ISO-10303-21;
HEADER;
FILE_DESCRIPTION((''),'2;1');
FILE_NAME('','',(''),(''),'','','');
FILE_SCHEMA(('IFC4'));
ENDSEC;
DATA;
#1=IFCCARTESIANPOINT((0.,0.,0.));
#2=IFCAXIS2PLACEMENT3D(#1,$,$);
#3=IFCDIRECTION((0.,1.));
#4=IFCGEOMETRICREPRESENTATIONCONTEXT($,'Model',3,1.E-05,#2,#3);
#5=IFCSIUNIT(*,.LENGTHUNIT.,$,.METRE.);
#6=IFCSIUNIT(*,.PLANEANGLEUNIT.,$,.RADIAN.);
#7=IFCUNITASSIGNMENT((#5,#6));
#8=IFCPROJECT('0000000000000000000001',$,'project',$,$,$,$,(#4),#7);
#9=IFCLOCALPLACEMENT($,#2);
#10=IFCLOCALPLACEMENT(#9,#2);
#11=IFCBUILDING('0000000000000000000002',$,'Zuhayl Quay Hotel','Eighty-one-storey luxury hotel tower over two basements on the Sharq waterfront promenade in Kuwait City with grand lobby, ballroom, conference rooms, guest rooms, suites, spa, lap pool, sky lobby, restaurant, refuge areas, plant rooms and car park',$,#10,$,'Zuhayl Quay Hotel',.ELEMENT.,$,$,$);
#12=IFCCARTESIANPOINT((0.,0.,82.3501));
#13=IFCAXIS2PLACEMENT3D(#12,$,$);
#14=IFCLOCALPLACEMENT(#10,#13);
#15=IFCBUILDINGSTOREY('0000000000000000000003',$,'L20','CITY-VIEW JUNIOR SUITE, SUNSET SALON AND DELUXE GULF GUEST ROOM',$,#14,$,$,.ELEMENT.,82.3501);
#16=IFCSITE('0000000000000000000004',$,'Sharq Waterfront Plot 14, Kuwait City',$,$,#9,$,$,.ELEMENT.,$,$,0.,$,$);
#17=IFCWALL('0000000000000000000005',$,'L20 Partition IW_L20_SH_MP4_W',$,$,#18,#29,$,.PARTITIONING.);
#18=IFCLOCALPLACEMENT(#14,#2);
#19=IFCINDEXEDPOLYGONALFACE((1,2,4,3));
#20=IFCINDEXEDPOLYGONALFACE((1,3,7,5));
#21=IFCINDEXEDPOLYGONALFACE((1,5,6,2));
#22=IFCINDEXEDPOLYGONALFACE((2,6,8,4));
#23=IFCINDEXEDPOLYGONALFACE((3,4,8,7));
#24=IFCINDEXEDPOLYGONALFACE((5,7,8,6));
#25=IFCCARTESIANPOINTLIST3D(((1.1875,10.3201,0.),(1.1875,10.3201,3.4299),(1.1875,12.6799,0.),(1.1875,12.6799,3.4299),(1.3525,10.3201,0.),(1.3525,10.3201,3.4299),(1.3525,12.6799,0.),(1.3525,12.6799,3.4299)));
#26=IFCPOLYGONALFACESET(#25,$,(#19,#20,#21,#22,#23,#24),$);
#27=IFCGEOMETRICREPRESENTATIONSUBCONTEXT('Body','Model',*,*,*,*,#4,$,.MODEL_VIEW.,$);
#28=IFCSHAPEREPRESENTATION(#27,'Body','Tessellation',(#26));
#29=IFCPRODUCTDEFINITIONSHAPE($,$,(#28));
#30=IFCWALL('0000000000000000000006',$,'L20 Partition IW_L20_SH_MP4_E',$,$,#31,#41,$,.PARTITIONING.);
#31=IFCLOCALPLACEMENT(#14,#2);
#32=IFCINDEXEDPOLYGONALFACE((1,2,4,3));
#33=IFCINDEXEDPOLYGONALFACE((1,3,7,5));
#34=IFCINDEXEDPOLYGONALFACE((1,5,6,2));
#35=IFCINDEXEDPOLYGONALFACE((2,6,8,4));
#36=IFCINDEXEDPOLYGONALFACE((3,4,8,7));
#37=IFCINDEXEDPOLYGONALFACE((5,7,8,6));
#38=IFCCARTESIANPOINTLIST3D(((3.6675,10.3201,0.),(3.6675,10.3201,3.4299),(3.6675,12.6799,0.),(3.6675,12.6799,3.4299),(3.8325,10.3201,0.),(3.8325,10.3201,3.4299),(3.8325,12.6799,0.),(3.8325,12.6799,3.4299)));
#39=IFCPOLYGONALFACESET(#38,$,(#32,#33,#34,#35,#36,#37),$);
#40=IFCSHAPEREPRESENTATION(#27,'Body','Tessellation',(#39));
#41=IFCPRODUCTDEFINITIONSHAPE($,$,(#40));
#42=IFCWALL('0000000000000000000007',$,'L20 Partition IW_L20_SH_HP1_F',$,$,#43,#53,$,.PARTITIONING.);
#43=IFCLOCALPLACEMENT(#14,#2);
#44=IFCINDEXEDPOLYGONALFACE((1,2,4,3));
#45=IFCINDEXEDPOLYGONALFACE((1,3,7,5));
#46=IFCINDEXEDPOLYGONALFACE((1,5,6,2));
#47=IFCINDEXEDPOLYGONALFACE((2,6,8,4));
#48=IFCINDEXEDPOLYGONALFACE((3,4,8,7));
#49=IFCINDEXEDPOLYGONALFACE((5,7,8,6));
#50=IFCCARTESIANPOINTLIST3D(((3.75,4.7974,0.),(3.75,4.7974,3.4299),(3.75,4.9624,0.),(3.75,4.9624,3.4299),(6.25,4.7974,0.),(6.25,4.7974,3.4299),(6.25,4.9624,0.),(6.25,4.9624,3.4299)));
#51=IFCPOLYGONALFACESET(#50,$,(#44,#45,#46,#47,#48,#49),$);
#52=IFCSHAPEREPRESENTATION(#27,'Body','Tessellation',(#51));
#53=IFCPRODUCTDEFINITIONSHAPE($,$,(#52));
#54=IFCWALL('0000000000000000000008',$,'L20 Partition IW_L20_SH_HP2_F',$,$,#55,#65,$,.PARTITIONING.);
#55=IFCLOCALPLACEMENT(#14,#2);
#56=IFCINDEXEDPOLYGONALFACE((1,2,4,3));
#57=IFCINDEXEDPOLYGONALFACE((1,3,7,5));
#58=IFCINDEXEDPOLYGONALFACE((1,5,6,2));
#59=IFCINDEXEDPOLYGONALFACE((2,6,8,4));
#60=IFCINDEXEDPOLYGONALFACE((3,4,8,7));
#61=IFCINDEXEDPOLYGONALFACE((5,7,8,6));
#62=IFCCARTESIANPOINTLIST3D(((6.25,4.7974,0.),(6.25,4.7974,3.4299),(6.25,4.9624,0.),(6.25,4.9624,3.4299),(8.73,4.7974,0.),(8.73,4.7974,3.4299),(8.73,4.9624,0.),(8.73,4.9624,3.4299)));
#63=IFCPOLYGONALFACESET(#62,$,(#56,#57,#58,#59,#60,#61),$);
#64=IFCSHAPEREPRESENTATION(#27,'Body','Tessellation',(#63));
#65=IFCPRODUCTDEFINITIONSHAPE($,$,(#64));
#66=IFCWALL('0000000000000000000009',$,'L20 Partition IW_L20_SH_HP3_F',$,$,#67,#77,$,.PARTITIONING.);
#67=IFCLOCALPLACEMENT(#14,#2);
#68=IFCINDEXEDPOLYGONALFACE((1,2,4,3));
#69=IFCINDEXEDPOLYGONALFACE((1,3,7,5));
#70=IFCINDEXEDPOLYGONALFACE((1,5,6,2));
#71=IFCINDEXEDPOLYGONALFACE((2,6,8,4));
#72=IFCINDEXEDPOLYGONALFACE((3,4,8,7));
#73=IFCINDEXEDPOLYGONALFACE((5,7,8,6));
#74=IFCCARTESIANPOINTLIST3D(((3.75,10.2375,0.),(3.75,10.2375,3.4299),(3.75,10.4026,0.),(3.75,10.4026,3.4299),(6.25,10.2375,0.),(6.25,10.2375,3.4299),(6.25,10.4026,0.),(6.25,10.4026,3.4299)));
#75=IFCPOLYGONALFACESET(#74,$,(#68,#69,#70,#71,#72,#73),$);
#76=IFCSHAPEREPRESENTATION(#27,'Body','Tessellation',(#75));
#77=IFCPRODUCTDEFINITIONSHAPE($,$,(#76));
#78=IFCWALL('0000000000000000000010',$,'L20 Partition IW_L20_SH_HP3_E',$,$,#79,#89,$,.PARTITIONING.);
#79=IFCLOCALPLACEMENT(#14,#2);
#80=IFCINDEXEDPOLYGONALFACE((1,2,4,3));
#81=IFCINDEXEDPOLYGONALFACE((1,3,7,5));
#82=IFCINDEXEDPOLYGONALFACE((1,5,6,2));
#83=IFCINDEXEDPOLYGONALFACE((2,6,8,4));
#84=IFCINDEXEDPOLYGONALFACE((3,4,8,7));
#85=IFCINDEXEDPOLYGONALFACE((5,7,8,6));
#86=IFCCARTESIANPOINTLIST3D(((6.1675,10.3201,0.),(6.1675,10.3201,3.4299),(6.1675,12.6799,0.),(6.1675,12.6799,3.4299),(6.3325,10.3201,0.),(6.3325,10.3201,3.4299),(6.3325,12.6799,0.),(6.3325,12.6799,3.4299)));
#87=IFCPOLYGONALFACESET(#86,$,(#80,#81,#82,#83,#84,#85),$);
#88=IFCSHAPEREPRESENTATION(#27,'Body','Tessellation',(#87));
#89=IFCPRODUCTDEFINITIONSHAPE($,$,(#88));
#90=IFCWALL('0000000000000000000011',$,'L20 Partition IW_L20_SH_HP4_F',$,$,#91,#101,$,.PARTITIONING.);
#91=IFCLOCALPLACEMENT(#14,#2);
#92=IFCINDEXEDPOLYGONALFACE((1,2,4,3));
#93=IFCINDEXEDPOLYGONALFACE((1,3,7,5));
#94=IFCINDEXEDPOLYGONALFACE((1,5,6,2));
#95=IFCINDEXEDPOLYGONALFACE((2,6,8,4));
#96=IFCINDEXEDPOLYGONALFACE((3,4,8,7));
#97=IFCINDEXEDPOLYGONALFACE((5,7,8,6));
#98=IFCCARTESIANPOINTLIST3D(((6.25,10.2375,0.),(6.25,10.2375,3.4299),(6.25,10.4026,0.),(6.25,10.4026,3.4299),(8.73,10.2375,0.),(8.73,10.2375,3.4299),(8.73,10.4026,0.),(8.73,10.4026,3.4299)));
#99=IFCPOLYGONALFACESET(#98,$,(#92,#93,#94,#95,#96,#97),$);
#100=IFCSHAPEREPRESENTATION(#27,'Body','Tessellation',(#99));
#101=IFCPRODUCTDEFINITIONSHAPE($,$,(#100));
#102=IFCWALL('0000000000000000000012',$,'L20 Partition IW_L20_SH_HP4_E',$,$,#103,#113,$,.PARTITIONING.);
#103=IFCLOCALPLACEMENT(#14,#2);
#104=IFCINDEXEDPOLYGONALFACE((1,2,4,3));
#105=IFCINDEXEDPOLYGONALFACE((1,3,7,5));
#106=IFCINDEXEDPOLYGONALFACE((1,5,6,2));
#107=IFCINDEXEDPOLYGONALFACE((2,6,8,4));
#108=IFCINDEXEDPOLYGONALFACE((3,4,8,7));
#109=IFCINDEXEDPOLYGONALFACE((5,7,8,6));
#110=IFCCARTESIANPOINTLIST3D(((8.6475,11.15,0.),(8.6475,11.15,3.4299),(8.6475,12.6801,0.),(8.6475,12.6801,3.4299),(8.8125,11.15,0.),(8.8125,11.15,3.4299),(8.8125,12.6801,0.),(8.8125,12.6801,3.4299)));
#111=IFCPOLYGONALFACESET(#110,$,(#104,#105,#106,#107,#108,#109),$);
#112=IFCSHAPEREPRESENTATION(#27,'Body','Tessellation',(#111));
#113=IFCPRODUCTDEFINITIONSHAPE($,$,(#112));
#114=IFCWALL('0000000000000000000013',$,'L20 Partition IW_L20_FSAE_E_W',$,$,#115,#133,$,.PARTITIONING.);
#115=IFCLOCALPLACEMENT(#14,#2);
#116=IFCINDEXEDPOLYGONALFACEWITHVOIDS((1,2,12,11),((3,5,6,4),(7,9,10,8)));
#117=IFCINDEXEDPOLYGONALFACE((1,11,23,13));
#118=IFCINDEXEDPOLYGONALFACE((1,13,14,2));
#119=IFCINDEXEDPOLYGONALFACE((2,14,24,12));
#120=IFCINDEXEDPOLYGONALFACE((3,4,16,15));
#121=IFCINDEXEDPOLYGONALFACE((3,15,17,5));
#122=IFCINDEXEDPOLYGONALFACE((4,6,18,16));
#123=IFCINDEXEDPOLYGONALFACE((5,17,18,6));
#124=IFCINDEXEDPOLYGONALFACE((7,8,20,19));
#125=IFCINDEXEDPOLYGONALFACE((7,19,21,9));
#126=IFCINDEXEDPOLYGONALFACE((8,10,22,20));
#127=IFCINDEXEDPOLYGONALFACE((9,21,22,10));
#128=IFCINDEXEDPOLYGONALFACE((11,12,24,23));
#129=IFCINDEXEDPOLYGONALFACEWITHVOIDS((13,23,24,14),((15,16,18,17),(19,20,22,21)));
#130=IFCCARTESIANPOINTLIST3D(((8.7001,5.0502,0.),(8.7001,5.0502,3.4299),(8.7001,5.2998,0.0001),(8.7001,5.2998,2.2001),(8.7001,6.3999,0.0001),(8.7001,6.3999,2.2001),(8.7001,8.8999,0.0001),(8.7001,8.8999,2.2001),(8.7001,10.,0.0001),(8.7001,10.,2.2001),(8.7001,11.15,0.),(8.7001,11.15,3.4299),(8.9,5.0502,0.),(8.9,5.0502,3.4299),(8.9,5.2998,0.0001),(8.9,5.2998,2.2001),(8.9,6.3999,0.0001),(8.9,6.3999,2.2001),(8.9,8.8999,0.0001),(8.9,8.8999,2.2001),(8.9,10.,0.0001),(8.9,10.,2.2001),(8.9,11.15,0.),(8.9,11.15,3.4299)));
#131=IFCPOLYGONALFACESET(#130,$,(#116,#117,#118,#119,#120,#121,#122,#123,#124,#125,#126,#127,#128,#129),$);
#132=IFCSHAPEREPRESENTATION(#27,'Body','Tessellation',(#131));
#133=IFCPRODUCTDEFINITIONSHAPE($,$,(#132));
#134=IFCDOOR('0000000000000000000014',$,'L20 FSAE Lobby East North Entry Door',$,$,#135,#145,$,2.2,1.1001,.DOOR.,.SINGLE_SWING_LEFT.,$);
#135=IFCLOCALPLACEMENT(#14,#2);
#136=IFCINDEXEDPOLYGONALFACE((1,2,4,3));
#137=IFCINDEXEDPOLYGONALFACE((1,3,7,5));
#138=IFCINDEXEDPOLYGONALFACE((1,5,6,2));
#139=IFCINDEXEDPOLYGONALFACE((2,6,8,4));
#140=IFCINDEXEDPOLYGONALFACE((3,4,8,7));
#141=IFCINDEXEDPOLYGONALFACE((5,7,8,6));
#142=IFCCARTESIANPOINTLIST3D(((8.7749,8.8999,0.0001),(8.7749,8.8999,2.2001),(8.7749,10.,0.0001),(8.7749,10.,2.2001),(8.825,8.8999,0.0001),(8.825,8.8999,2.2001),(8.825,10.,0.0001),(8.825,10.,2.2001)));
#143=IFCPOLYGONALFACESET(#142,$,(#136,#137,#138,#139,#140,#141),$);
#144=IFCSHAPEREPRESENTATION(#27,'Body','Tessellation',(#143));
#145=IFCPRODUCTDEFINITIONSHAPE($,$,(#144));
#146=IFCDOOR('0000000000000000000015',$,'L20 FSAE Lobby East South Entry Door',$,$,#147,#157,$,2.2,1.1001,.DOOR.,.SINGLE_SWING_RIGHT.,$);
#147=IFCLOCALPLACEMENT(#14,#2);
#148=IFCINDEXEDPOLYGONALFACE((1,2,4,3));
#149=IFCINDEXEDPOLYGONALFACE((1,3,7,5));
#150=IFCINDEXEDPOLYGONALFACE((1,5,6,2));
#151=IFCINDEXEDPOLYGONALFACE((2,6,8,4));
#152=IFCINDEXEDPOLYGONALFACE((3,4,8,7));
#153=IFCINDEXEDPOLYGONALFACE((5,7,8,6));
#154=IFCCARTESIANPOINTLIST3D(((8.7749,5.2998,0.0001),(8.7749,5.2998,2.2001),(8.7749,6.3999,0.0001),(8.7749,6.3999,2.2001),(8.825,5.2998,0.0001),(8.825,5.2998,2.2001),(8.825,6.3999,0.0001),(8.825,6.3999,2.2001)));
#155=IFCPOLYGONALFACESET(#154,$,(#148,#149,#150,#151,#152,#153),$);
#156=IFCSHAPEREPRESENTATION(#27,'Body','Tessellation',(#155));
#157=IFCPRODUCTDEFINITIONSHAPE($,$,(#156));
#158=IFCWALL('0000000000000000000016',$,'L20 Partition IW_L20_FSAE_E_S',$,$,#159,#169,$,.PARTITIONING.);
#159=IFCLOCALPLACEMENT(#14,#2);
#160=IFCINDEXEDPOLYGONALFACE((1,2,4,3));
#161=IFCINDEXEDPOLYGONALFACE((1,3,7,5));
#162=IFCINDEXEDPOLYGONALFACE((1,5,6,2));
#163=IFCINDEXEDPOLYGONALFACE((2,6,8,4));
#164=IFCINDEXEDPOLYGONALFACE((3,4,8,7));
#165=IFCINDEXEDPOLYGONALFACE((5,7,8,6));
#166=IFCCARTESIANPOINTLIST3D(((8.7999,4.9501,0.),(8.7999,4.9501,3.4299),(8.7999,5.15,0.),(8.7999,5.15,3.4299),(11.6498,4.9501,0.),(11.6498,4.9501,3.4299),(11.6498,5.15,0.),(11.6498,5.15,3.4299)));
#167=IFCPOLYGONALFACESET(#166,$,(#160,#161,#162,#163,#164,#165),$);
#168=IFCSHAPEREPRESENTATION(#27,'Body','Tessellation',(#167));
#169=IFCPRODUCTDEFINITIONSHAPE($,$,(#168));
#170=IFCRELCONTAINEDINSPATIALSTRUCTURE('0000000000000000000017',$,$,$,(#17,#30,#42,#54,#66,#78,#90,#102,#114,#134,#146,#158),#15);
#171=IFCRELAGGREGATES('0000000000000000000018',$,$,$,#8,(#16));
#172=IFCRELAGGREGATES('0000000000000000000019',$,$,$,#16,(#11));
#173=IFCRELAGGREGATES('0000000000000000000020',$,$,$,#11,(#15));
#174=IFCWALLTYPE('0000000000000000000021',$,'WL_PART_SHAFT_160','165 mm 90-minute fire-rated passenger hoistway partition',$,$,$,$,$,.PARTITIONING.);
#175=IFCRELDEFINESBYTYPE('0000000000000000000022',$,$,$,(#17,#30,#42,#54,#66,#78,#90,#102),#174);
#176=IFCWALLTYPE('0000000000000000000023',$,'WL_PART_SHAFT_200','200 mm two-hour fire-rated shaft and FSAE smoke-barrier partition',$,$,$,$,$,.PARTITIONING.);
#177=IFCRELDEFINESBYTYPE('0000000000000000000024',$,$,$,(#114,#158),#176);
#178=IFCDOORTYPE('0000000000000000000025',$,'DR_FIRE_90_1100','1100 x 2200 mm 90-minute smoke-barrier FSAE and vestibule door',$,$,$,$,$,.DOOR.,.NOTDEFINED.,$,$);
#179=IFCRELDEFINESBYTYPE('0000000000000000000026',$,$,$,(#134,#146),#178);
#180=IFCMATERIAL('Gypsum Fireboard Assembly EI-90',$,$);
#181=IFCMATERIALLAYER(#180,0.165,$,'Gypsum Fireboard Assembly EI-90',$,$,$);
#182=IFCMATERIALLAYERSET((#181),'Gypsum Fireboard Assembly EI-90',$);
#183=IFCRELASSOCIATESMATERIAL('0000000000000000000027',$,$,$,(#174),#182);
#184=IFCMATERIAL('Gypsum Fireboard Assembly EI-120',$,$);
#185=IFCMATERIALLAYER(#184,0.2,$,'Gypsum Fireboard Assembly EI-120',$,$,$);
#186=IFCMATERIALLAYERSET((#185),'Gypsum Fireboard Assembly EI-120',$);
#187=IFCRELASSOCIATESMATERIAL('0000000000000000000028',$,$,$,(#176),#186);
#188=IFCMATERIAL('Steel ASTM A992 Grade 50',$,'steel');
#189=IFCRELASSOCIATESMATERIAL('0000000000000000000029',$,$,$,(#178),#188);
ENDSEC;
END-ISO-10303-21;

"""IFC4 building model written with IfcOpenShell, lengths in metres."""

from ifc_helpers import new_model, si_unit, direction, frame, frame_2d, origin, place, context, subcontext, project, spatial, rectangle, extrude, material, layer, layer_set, type_object, element, fill, save


model = new_model("IFC4")

# Units and contexts
model_context = context("Model", 3, precision=1e-05, world=origin(), true_north=direction((0.0, 1.0)))
body_context = subcontext(model_context, "Body", "Model", "MODEL_VIEW")
ifc_project = project(units=[si_unit("LENGTHUNIT", "METRE"), si_unit("PLANEANGLEUNIT", "RADIAN")], contexts=[model_context])

# Site, building, storey
site_placement = place(None, origin())
site = spatial("IfcSite", under=ifc_project, at=site_placement, Name="Sharq Waterfront Plot 14, Kuwait City", CompositionType="ELEMENT", RefElevation=0.0)
building_placement = place(site_placement, origin())
building = spatial("IfcBuilding", under=site, at=building_placement, Name="Zuhayl Quay Hotel", Description="Eighty-one-storey luxury hotel tower over two basements on the Sharq waterfront promenade in Kuwait City with grand lobby, ballroom, conference rooms, guest rooms, suites, spa, lap pool, sky lobby, restaurant, refuge areas, plant rooms and car park", LongName="Zuhayl Quay Hotel", CompositionType="ELEMENT")
storey_placement = place(building_placement, frame((0.0, 0.0, 82.3501)))
storey = spatial("IfcBuildingStorey", under=building, at=storey_placement, Name="L20", Description="CITY-VIEW JUNIOR SUITE, SUNSET SALON AND DELUXE GULF GUEST ROOM", CompositionType="ELEMENT", Elevation=82.3501)

# Shared definitions
ifc_material_1 = material(Name="Steel ASTM A992 Grade 50", Category="steel")

# Shared definitions
ifc_material_2 = material(Name="Gypsum Fireboard Assembly EI-90")
ifc_layer_1 = layer(ifc_material_2, 0.165, Name="Gypsum Fireboard Assembly EI-90")
ifc_layer_set_1 = layer_set([ifc_layer_1], Name="Gypsum Fireboard Assembly EI-90")
wall_type_1 = type_object("IfcWallType", Name="WL_PART_SHAFT_160", Description="165 mm 90-minute fire-rated passenger hoistway partition", PredefinedType="PARTITIONING", material=ifc_layer_set_1)

# Walls
for number, where, z_axis, x_axis, name in (
    (1, (1.27, 10.3201, 0.0), (0.0, 0.0, 1.0), (0.0, 1.0, 0.0), "L20 Partition IW_L20_SH_MP4_W"),
    (2, (3.75, 10.3201, 0.0), (0.0, 0.0, 1.0), (0.0, 1.0, 0.0), "L20 Partition IW_L20_SH_MP4_E"),
):
    element("IfcWall", number, at=place(storey_placement, frame(where, z_axis=z_axis, x_axis=x_axis)), inside=storey, type_object=wall_type_1, Name=name, PredefinedType="PARTITIONING", context=body_context, shape_type="SweptSolid", body=[
        extrude(rectangle(XDim=2.3599, YDim=0.165, at=frame_2d((1.1799, 0.0))), origin(), (0.0, 0.0, 1.0), 3.4299),
    ])
wall_1_placement = place(storey_placement, frame((3.75, 4.8799, 0.0), z_axis=(0.0, 0.0, 1.0), x_axis=(1.0, 0.0, 0.0)))
element("IfcWall", 3, at=wall_1_placement, inside=storey, type_object=wall_type_1, Name="L20 Partition IW_L20_SH_HP1_F", PredefinedType="PARTITIONING", context=body_context, shape_type="SweptSolid", body=[
    extrude(rectangle(XDim=2.5, YDim=0.165, at=frame_2d((1.25, 0.0))), origin(), (0.0, 0.0, 1.0), 3.4299),
])
wall_2_placement = place(storey_placement, frame((6.25, 4.8799, 0.0), z_axis=(0.0, 0.0, 1.0), x_axis=(1.0, 0.0, 0.0)))
element("IfcWall", 4, at=wall_2_placement, inside=storey, type_object=wall_type_1, Name="L20 Partition IW_L20_SH_HP2_F", PredefinedType="PARTITIONING", context=body_context, shape_type="SweptSolid", body=[
    extrude(rectangle(XDim=2.48, YDim=0.165, at=frame_2d((1.24, 0.0))), origin(), (0.0, 0.0, 1.0), 3.4299),
])
wall_3_placement = place(storey_placement, frame((3.75, 10.3201, 0.0), z_axis=(0.0, 0.0, 1.0), x_axis=(1.0, 0.0, 0.0)))
element("IfcWall", 5, at=wall_3_placement, inside=storey, type_object=wall_type_1, Name="L20 Partition IW_L20_SH_HP3_F", PredefinedType="PARTITIONING", context=body_context, shape_type="SweptSolid", body=[
    extrude(rectangle(XDim=2.5, YDim=0.165, at=frame_2d((1.25, 0.0))), origin(), (0.0, 0.0, 1.0), 3.4299),
])
wall_4_placement = place(storey_placement, frame((6.25, 10.3201, 0.0), z_axis=(0.0, 0.0, 1.0), x_axis=(0.0, 1.0, 0.0)))
element("IfcWall", 6, at=wall_4_placement, inside=storey, type_object=wall_type_1, Name="L20 Partition IW_L20_SH_HP3_E", PredefinedType="PARTITIONING", context=body_context, shape_type="SweptSolid", body=[
    extrude(rectangle(XDim=2.3599, YDim=0.165, at=frame_2d((1.1799, 0.0))), origin(), (0.0, 0.0, 1.0), 3.4299),
])
wall_5_placement = place(storey_placement, frame((6.25, 10.3201, 0.0), z_axis=(0.0, 0.0, 1.0), x_axis=(1.0, 0.0, 0.0)))
element("IfcWall", 7, at=wall_5_placement, inside=storey, type_object=wall_type_1, Name="L20 Partition IW_L20_SH_HP4_F", PredefinedType="PARTITIONING", context=body_context, shape_type="SweptSolid", body=[
    extrude(rectangle(XDim=2.48, YDim=0.165, at=frame_2d((1.24, 0.0))), origin(), (0.0, 0.0, 1.0), 3.4299),
])
wall_6_placement = place(storey_placement, frame((8.73, 11.1499, 0.0), z_axis=(0.0, 0.0, 1.0), x_axis=(0.0, 1.0, 0.0)))
element("IfcWall", 8, at=wall_6_placement, inside=storey, type_object=wall_type_1, Name="L20 Partition IW_L20_SH_HP4_E", PredefinedType="PARTITIONING", context=body_context, shape_type="SweptSolid", body=[
    extrude(rectangle(XDim=1.53, YDim=0.165, at=frame_2d((0.7651, 0.0))), origin(), (0.0, 0.0, 1.0), 3.4299),
])

# Wall, openings, doors
ifc_material_3 = material(Name="Gypsum Fireboard Assembly EI-120")
ifc_layer_2 = layer(ifc_material_3, 0.2, Name="Gypsum Fireboard Assembly EI-120")
ifc_layer_set_2 = layer_set([ifc_layer_2], Name="Gypsum Fireboard Assembly EI-120")
wall_type_2 = type_object("IfcWallType", Name="WL_PART_SHAFT_200", Description="200 mm two-hour fire-rated shaft and FSAE smoke-barrier partition", PredefinedType="PARTITIONING", material=ifc_layer_set_2)
wall_7_placement = place(storey_placement, frame((8.8, 11.1499, 0.0), z_axis=(0.0, 0.0, 1.0), x_axis=(0.0, -1.0, 0.0)))
wall_7 = element("IfcWall", 9, at=wall_7_placement, inside=storey, type_object=wall_type_2, Name="L20 Partition IW_L20_FSAE_E_W", PredefinedType="PARTITIONING", context=body_context, shape_type="SweptSolid", body=[
    extrude(rectangle(XDim=6.0999, YDim=0.2, at=frame_2d((3.0498, 0.0))), origin(), (0.0, 0.0, 1.0), 3.4299),
])
opening_1_placement = place(wall_7_placement, frame((1.1499, 0.0, 0.0)))
opening_1 = element("IfcOpeningElement", 10, at=opening_1_placement, cuts=wall_7, PredefinedType="OPENING", context=body_context, shape_type="SweptSolid", body=[
    extrude(rectangle(XDim=1.1001, YDim=2.2, at=frame_2d((0.55, 1.1001))), frame((0.0, 0.1099, 0.0), z_axis=(0.0, -1.0, 0.0), x_axis=(1.0, 0.0, 0.0)), (0.0, 0.0, 1.0), 0.22),
])
opening_2_placement = place(wall_7_placement, frame((4.75, 0.0, 0.0)))
opening_2 = element("IfcOpeningElement", 11, at=opening_2_placement, cuts=wall_7, PredefinedType="OPENING", context=body_context, shape_type="SweptSolid", body=[
    extrude(rectangle(XDim=1.1001, YDim=2.2, at=frame_2d((0.55, 1.1001))), frame((0.0, 0.1099, 0.0), z_axis=(0.0, -1.0, 0.0), x_axis=(1.0, 0.0, 0.0)), (0.0, 0.0, 1.0), 0.22),
])
door_type_1 = type_object("IfcDoorType", Name="DR_FIRE_90_1100", Description="1100 x 2200 mm 90-minute smoke-barrier FSAE and vestibule door", OperationType="NOTDEFINED", PredefinedType="DOOR", material=ifc_material_1)
door_1_placement = place(opening_1_placement, origin())
door_1 = element("IfcDoor", 12, at=door_1_placement, inside=storey, type_object=door_type_1, Name="L20 FSAE Lobby East North Entry Door", OperationType="SINGLE_SWING_LEFT", OverallHeight=2.2, OverallWidth=1.1001, PredefinedType="DOOR", context=body_context, shape_type="SweptSolid", body=[
    extrude(rectangle(XDim=1.1001, YDim=2.2, at=frame_2d((0.55, 1.1001))), frame((0.0, 0.0249, 0.0), z_axis=(0.0, -1.0, 0.0), x_axis=(1.0, 0.0, 0.0)), (0.0, 0.0, 1.0), 0.05),
])
fill(opening_1, door_1)
door_2_placement = place(opening_2_placement, origin())
door_2 = element("IfcDoor", 13, at=door_2_placement, inside=storey, type_object=door_type_1, Name="L20 FSAE Lobby East South Entry Door", OperationType="SINGLE_SWING_RIGHT", OverallHeight=2.2, OverallWidth=1.1001, PredefinedType="DOOR", context=body_context, shape_type="SweptSolid", body=[
    extrude(rectangle(XDim=1.1001, YDim=2.2, at=frame_2d((0.55, 1.1001))), frame((0.0, 0.0249, 0.0), z_axis=(0.0, -1.0, 0.0), x_axis=(1.0, 0.0, 0.0)), (0.0, 0.0, 1.0), 0.05),
])
fill(opening_2, door_2)

# Wall
wall_8_placement = place(storey_placement, frame((8.8, 5.05, 0.0), z_axis=(0.0, 0.0, 1.0), x_axis=(1.0, 0.0, 0.0)))
element("IfcWall", 14, at=wall_8_placement, inside=storey, type_object=wall_type_2, Name="L20 Partition IW_L20_FSAE_E_S", PredefinedType="PARTITIONING", context=body_context, shape_type="SweptSolid", body=[
    extrude(rectangle(XDim=2.8499, YDim=0.2, at=frame_2d((1.4248, 0.0))), origin(), (0.0, 0.0, 1.0), 3.4299),
])

save(model, "model.ifc")
